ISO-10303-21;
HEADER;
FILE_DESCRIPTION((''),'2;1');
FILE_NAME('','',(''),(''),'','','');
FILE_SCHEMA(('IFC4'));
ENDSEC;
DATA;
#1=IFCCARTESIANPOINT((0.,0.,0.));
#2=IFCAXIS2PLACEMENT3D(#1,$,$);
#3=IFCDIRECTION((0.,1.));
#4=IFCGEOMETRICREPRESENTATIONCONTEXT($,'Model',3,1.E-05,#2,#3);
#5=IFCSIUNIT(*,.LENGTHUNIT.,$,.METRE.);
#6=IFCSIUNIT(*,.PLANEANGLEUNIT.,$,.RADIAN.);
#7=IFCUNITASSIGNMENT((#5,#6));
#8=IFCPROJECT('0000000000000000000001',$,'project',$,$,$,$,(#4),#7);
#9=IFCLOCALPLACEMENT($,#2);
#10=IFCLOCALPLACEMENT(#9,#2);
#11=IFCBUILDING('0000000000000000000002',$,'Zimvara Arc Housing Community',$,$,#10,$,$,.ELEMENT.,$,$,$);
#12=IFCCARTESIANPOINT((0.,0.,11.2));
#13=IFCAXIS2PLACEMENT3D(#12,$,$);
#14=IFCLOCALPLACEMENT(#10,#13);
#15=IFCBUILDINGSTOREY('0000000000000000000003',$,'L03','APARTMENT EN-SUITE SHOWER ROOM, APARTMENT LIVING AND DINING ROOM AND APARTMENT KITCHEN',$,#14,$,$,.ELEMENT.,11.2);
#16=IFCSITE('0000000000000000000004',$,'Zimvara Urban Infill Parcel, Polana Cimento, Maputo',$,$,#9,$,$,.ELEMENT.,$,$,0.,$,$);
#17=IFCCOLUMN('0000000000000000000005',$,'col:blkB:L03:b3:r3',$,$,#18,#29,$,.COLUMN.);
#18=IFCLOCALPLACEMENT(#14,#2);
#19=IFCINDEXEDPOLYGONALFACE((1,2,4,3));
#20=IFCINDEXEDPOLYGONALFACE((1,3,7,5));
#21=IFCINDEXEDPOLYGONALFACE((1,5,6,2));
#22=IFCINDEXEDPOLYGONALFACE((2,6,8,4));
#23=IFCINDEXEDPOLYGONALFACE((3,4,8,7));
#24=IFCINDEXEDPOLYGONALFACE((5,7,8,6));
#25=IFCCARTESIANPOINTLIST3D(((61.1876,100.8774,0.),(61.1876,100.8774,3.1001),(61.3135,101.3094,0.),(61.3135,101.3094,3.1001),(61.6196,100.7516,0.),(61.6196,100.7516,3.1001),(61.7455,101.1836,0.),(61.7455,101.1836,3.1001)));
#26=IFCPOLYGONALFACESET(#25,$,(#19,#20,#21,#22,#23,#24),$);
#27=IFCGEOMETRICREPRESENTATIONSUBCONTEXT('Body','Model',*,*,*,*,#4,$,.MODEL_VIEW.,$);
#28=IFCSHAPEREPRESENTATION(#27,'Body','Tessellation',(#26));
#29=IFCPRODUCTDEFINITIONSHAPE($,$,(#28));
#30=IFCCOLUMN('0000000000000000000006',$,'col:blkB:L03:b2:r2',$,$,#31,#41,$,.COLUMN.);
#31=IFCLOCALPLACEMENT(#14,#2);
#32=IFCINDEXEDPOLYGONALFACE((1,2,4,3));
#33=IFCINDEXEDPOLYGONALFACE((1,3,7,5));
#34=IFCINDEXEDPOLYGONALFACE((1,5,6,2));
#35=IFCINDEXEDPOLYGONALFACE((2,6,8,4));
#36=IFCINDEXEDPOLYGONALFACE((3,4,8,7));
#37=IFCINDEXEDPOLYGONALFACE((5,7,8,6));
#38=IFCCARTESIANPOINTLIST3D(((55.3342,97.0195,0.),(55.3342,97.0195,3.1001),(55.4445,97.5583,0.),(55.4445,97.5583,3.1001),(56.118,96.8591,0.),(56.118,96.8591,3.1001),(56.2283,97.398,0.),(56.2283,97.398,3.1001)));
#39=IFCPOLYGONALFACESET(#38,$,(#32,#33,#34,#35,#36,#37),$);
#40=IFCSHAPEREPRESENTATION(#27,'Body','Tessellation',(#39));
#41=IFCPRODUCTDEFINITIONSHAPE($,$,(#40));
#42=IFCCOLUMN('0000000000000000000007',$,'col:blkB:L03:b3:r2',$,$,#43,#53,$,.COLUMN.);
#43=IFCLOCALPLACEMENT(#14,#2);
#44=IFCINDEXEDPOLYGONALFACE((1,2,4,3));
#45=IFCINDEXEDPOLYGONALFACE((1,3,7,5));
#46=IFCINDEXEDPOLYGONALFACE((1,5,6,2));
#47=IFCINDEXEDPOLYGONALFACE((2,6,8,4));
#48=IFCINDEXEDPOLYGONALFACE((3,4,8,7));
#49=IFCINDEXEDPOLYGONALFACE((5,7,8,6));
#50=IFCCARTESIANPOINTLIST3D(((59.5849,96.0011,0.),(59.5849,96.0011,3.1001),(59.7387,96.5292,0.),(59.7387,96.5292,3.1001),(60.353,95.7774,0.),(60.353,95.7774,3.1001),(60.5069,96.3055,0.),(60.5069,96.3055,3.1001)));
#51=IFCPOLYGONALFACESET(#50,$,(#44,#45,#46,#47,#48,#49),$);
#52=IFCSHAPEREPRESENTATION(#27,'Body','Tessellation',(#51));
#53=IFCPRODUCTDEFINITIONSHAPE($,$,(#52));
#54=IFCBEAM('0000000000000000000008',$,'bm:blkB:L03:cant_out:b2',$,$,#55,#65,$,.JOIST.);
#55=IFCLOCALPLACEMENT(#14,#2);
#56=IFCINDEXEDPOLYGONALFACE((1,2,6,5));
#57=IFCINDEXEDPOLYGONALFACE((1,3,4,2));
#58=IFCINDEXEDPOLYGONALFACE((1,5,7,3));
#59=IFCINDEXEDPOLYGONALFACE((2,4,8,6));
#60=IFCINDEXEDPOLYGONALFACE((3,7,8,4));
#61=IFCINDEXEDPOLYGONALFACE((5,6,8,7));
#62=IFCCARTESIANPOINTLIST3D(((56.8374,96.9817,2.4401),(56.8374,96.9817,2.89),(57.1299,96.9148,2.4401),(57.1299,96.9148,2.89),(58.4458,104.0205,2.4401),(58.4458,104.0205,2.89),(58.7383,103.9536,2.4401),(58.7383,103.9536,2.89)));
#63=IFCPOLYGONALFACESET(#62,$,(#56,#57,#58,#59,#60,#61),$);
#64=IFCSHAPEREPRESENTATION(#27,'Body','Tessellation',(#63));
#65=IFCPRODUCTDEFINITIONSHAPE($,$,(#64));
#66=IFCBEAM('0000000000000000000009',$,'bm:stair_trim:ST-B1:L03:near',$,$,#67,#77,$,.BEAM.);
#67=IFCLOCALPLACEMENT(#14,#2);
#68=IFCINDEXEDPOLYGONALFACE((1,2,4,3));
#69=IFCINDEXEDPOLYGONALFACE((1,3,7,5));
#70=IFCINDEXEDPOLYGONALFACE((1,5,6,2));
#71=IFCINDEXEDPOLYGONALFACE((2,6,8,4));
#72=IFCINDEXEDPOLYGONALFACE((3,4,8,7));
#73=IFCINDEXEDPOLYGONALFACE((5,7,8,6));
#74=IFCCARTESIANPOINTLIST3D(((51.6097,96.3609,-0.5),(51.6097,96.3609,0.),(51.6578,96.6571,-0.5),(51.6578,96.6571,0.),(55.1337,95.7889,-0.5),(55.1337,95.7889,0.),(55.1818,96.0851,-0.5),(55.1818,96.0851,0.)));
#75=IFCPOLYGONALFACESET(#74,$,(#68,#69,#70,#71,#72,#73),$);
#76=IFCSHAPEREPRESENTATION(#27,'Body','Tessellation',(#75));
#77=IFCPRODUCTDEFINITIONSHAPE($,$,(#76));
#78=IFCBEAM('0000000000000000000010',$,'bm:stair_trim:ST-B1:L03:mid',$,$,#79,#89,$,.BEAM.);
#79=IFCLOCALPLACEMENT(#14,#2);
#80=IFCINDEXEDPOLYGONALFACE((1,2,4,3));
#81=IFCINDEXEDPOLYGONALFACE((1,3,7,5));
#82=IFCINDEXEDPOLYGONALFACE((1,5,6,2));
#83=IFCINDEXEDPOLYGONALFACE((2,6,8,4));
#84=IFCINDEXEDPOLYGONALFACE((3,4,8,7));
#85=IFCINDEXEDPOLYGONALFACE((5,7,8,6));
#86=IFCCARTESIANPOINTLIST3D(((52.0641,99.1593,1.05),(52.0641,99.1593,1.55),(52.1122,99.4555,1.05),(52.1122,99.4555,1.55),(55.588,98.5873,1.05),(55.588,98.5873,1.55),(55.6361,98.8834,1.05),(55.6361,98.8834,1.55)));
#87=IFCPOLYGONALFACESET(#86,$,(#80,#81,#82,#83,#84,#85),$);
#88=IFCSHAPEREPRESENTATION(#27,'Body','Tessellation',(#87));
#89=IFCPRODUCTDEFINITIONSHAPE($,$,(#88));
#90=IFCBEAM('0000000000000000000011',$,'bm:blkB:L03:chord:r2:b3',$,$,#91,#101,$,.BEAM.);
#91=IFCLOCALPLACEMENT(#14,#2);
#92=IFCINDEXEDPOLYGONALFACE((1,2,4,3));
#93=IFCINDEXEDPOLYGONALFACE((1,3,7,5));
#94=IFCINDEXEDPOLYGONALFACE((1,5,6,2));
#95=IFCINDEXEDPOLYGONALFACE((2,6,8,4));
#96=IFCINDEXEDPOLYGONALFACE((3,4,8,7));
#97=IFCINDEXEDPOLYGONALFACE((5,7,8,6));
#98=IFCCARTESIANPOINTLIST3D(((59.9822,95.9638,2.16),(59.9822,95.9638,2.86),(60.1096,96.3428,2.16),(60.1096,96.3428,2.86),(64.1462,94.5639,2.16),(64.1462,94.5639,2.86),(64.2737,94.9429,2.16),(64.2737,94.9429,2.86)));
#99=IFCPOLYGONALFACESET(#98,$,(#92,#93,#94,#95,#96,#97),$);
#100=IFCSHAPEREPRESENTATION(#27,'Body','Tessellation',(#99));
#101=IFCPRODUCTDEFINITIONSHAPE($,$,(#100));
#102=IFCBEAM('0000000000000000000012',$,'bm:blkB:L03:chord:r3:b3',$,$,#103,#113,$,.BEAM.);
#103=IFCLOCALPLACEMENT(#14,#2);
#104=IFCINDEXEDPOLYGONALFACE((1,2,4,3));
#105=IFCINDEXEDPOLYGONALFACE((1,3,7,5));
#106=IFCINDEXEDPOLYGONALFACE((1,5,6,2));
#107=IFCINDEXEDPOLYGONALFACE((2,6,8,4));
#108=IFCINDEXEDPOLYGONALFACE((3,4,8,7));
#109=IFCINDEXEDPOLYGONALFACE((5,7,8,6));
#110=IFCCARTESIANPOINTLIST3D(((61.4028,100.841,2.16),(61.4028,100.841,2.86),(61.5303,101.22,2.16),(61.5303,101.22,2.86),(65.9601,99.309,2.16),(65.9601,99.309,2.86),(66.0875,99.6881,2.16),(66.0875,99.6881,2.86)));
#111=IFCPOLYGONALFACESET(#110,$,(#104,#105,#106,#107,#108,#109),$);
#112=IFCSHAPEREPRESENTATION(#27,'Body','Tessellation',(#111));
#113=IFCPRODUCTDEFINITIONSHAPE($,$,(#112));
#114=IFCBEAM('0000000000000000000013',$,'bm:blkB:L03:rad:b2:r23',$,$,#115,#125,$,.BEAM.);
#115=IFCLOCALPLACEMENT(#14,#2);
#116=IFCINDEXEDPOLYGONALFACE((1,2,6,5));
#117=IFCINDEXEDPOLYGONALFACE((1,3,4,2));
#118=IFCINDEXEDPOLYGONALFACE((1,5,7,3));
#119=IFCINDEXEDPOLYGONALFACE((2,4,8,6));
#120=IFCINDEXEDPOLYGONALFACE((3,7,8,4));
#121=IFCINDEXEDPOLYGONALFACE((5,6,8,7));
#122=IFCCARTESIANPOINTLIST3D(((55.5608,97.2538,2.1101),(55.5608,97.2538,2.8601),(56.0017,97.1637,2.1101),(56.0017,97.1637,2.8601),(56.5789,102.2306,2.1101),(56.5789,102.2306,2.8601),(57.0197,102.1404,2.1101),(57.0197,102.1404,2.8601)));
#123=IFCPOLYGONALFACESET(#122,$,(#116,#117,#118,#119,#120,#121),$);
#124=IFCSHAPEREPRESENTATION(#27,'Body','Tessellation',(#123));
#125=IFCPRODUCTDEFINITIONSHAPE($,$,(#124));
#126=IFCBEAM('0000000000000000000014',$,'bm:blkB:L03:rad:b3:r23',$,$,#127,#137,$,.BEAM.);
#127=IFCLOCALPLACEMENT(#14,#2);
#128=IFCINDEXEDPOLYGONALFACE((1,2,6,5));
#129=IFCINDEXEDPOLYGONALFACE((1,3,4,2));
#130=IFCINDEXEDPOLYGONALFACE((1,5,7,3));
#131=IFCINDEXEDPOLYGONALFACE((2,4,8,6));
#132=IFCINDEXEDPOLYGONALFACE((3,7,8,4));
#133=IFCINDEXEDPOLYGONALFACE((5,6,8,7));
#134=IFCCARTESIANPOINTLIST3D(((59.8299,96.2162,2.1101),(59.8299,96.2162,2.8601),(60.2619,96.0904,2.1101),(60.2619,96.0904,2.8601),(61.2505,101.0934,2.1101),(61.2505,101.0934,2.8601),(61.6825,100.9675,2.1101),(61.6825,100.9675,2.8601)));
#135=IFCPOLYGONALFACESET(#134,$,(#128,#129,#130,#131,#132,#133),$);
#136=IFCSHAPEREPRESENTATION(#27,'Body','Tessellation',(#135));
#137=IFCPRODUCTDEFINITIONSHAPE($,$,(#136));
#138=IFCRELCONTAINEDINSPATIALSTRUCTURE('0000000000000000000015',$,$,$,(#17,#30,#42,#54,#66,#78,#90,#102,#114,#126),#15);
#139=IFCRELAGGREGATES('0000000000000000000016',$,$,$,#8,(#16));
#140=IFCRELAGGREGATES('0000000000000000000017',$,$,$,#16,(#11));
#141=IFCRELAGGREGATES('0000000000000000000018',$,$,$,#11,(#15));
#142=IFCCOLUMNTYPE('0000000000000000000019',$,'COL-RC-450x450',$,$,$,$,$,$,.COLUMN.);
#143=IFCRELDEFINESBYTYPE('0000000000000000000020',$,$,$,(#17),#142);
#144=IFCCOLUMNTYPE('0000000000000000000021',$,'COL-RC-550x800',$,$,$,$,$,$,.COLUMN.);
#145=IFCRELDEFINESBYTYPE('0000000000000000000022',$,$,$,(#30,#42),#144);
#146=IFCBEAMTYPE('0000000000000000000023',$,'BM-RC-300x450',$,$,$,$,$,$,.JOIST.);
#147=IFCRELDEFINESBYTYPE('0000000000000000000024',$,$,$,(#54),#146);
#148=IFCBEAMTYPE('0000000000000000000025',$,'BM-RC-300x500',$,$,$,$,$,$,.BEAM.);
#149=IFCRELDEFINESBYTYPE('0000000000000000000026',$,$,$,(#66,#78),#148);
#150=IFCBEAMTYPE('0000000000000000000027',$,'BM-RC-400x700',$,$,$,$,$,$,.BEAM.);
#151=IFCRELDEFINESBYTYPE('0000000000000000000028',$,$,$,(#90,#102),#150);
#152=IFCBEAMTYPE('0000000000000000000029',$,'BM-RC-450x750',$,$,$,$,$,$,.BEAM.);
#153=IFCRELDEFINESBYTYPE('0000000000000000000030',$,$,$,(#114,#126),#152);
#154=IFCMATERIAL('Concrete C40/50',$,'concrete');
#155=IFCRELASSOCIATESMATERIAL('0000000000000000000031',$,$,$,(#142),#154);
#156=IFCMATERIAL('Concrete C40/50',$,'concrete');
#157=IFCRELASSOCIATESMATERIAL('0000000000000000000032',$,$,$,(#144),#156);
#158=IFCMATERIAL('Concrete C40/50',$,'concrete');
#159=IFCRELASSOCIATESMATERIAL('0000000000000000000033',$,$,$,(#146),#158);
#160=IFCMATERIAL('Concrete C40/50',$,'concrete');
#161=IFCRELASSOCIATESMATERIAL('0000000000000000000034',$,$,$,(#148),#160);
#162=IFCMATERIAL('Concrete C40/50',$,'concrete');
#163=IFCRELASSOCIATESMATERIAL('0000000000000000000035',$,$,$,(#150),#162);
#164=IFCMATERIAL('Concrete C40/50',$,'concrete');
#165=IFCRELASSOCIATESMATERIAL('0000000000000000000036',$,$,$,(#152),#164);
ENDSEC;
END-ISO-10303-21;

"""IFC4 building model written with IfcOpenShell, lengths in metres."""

from ifc_helpers import new_model, si_unit, direction, frame, origin, origin_2d, place, context, subcontext, project, spatial, rectangle, extrude, material, material_profile, profile_set, type_object, element, save


model = new_model("IFC4")

# Units and contexts
model_context = context("Model", 3, precision=1e-05, world=origin(), true_north=direction((0.0, 1.0)))
body_context = subcontext(model_context, "Body", "Model", "MODEL_VIEW")
ifc_project = project(units=[si_unit("LENGTHUNIT", "METRE"), si_unit("PLANEANGLEUNIT", "RADIAN")], contexts=[model_context])

# Site, building, storey
site_placement = place(None, origin())
site = spatial("IfcSite", under=ifc_project, at=site_placement, Name="Zimvara Urban Infill Parcel, Polana Cimento, Maputo", CompositionType="ELEMENT", RefElevation=0.0)
building_placement = place(site_placement, origin())
building = spatial("IfcBuilding", under=site, at=building_placement, Name="Zimvara Arc Housing Community", CompositionType="ELEMENT")
storey_placement = place(building_placement, frame((0.0, 0.0, 11.2)))
storey = spatial("IfcBuildingStorey", under=building, at=storey_placement, Name="L03", Description="APARTMENT EN-SUITE SHOWER ROOM, APARTMENT LIVING AND DINING ROOM AND APARTMENT KITCHEN", CompositionType="ELEMENT", Elevation=11.2)

# Columns
ifc_material_1 = material(Name="Concrete C40/50", Category="concrete")
ifc_material_profile_1 = material_profile(ifc_material_1, rectangle(XDim=0.45, YDim=0.45, at=origin_2d()), Name="RC 450x450")
ifc_profile_set_1 = profile_set([ifc_material_profile_1], Name="Concrete C40/50")
column_type_1 = type_object("IfcColumnType", Name="COL-RC-450x450", PredefinedType="COLUMN", material=ifc_profile_set_1)
column_placement = place(storey_placement, frame((61.4666, 101.0305, 0.0), z_axis=(0.0, 0.0, 1.0), x_axis=(0.279661, 0.960099, 0.0)))
element("IfcColumn", 1, at=column_placement, inside=storey, type_object=column_type_1, Name="col:blkB:L03:b3:r3", PredefinedType="COLUMN", context=body_context, shape_type="SweptSolid", body=[
    extrude(rectangle(XDim=0.45, YDim=0.45, at=origin_2d()), origin(), (0.0, 0.0, 1.0), 3.1001),
])
ifc_material_2 = material(Name="Concrete C40/50", Category="concrete")
ifc_material_profile_2 = material_profile(ifc_material_2, rectangle(XDim=0.55, YDim=0.8, at=origin_2d()), Name="RC 550x800")
ifc_profile_set_2 = profile_set([ifc_material_profile_2], Name="Concrete C40/50")
column_type_2 = type_object("IfcColumnType", Name="COL-RC-550x800", PredefinedType="COLUMN", material=ifc_profile_set_2)
for number, where, z_axis, x_axis, name in (
    (2, (55.7812, 97.2087, 0.0), (0.0, 0.0, 1.0), (0.200394, 0.979715, 0.0), "col:blkB:L03:b2:r2"),
    (3, (60.0459, 96.1533, 0.0), (0.0, 0.0, 1.0), (0.279661, 0.960099, 0.0), "col:blkB:L03:b3:r2"),
):
    element("IfcColumn", number, at=place(storey_placement, frame(where, z_axis=z_axis, x_axis=x_axis)), inside=storey, type_object=column_type_2, Name=name, PredefinedType="COLUMN", context=body_context, shape_type="SweptSolid", body=[
        extrude(rectangle(XDim=0.55, YDim=0.8, at=origin_2d()), origin(), (0.0, 0.0, 1.0), 3.1001),
    ])

# Beams
ifc_material_3 = material(Name="Concrete C40/50", Category="concrete")
ifc_material_profile_3 = material_profile(ifc_material_3, rectangle(XDim=0.3, YDim=0.45, at=origin_2d()), Name="RC 300x450")
ifc_profile_set_3 = profile_set([ifc_material_profile_3], Name="Concrete C40/50")
beam_type_1 = type_object("IfcBeamType", Name="BM-RC-300x450", PredefinedType="JOIST", material=ifc_profile_set_3)
beam_1_placement = place(storey_placement, frame((56.9836, 96.9482, 2.665), z_axis=(0.222762, 0.974873, 0.0), x_axis=(-0.974873, 0.222762, 0.0)))
element("IfcBeam", 4, at=beam_1_placement, inside=storey, type_object=beam_type_1, Name="bm:blkB:L03:cant_out:b2", PredefinedType="JOIST", context=body_context, shape_type="SweptSolid", body=[
    extrude(rectangle(XDim=0.3, YDim=0.45, at=origin_2d()), origin(), (0.0, 0.0, 1.0), 7.2202),
])
ifc_material_4 = material(Name="Concrete C40/50", Category="concrete")
ifc_material_profile_4 = material_profile(ifc_material_4, rectangle(XDim=0.3, YDim=0.5, at=origin_2d()), Name="RC 300x500")
ifc_profile_set_4 = profile_set([ifc_material_profile_4], Name="Concrete C40/50")
beam_type_2 = type_object("IfcBeamType", Name="BM-RC-300x500", PredefinedType="BEAM", material=ifc_profile_set_4)
for number, where, z_axis, x_axis, name in (
    (5, (55.1577, 95.937, -0.25), (-0.98708, 0.160228, 0.0), (-0.160228, -0.98708, 0.0), "bm:stair_trim:ST-B1:L03:near"),
    (6, (55.6121, 98.7354, 1.3), (-0.98708, 0.160228, 0.0), (-0.160228, -0.98708, 0.0), "bm:stair_trim:ST-B1:L03:mid"),
):
    element("IfcBeam", number, at=place(storey_placement, frame(where, z_axis=z_axis, x_axis=x_axis)), inside=storey, type_object=beam_type_2, Name=name, PredefinedType="BEAM", context=body_context, shape_type="SweptSolid", body=[
        extrude(rectangle(XDim=0.3, YDim=0.5, at=origin_2d()), origin(), (0.0, 0.0, 1.0), 3.5701),
    ])
ifc_material_5 = material(Name="Concrete C40/50", Category="concrete")
ifc_material_profile_5 = material_profile(ifc_material_5, rectangle(XDim=0.3999, YDim=0.7, at=origin_2d()), Name="RC 400x700")
ifc_profile_set_5 = profile_set([ifc_material_profile_5], Name="Concrete C40/50")
beam_type_3 = type_object("IfcBeamType", Name="BM-RC-400x700", PredefinedType="BEAM", material=ifc_profile_set_5)
beam_2_placement = place(storey_placement, frame((60.0459, 96.1533, 2.51), z_axis=(0.947869, -0.318661, 0.0), x_axis=(0.318661, 0.947869, 0.0)))
element("IfcBeam", 7, at=beam_2_placement, inside=storey, type_object=beam_type_3, Name="bm:blkB:L03:chord:r2:b3", PredefinedType="BEAM", context=body_context, shape_type="SweptSolid", body=[
    extrude(rectangle(XDim=0.3999, YDim=0.7, at=origin_2d()), origin(), (0.0, 0.0, 1.0), 4.3931),
])
beam_3_placement = place(storey_placement, frame((61.4666, 101.0305, 2.51), z_axis=(0.947878, -0.318634, 0.0), x_axis=(0.318634, 0.947878, 0.0)))
element("IfcBeam", 8, at=beam_3_placement, inside=storey, type_object=beam_type_3, Name="bm:blkB:L03:chord:r3:b3", PredefinedType="BEAM", context=body_context, shape_type="SweptSolid", body=[
    extrude(rectangle(XDim=0.3999, YDim=0.7, at=origin_2d()), origin(), (0.0, 0.0, 1.0), 4.8079),
])
ifc_material_6 = material(Name="Concrete C40/50", Category="concrete")
ifc_material_profile_6 = material_profile(ifc_material_6, rectangle(XDim=0.45, YDim=0.75, at=origin_2d()), Name="RC 450x750")
ifc_profile_set_6 = profile_set([ifc_material_profile_6], Name="Concrete C40/50")
beam_type_4 = type_object("IfcBeamType", Name="BM-RC-450x750", PredefinedType="BEAM", material=ifc_profile_set_6)
for number, where, z_axis, x_axis, name in (
    (9, (55.7812, 97.2087, 2.4851), (0.200412, 0.979712, 0.0), (-0.979712, 0.200412, 0.0), "bm:blkB:L03:rad:b2:r23"),
    (10, (60.0459, 96.1533, 2.4851), (0.279662, 0.960098, 0.0), (-0.960098, 0.279662, 0.0), "bm:blkB:L03:rad:b3:r23"),
):
    element("IfcBeam", number, at=place(storey_placement, frame(where, z_axis=z_axis, x_axis=x_axis)), inside=storey, type_object=beam_type_4, Name=name, PredefinedType="BEAM", context=body_context, shape_type="SweptSolid", body=[
        extrude(rectangle(XDim=0.45, YDim=0.75, at=origin_2d()), origin(), (0.0, 0.0, 1.0), 5.0798),
    ])

save(model, "model.ifc")
